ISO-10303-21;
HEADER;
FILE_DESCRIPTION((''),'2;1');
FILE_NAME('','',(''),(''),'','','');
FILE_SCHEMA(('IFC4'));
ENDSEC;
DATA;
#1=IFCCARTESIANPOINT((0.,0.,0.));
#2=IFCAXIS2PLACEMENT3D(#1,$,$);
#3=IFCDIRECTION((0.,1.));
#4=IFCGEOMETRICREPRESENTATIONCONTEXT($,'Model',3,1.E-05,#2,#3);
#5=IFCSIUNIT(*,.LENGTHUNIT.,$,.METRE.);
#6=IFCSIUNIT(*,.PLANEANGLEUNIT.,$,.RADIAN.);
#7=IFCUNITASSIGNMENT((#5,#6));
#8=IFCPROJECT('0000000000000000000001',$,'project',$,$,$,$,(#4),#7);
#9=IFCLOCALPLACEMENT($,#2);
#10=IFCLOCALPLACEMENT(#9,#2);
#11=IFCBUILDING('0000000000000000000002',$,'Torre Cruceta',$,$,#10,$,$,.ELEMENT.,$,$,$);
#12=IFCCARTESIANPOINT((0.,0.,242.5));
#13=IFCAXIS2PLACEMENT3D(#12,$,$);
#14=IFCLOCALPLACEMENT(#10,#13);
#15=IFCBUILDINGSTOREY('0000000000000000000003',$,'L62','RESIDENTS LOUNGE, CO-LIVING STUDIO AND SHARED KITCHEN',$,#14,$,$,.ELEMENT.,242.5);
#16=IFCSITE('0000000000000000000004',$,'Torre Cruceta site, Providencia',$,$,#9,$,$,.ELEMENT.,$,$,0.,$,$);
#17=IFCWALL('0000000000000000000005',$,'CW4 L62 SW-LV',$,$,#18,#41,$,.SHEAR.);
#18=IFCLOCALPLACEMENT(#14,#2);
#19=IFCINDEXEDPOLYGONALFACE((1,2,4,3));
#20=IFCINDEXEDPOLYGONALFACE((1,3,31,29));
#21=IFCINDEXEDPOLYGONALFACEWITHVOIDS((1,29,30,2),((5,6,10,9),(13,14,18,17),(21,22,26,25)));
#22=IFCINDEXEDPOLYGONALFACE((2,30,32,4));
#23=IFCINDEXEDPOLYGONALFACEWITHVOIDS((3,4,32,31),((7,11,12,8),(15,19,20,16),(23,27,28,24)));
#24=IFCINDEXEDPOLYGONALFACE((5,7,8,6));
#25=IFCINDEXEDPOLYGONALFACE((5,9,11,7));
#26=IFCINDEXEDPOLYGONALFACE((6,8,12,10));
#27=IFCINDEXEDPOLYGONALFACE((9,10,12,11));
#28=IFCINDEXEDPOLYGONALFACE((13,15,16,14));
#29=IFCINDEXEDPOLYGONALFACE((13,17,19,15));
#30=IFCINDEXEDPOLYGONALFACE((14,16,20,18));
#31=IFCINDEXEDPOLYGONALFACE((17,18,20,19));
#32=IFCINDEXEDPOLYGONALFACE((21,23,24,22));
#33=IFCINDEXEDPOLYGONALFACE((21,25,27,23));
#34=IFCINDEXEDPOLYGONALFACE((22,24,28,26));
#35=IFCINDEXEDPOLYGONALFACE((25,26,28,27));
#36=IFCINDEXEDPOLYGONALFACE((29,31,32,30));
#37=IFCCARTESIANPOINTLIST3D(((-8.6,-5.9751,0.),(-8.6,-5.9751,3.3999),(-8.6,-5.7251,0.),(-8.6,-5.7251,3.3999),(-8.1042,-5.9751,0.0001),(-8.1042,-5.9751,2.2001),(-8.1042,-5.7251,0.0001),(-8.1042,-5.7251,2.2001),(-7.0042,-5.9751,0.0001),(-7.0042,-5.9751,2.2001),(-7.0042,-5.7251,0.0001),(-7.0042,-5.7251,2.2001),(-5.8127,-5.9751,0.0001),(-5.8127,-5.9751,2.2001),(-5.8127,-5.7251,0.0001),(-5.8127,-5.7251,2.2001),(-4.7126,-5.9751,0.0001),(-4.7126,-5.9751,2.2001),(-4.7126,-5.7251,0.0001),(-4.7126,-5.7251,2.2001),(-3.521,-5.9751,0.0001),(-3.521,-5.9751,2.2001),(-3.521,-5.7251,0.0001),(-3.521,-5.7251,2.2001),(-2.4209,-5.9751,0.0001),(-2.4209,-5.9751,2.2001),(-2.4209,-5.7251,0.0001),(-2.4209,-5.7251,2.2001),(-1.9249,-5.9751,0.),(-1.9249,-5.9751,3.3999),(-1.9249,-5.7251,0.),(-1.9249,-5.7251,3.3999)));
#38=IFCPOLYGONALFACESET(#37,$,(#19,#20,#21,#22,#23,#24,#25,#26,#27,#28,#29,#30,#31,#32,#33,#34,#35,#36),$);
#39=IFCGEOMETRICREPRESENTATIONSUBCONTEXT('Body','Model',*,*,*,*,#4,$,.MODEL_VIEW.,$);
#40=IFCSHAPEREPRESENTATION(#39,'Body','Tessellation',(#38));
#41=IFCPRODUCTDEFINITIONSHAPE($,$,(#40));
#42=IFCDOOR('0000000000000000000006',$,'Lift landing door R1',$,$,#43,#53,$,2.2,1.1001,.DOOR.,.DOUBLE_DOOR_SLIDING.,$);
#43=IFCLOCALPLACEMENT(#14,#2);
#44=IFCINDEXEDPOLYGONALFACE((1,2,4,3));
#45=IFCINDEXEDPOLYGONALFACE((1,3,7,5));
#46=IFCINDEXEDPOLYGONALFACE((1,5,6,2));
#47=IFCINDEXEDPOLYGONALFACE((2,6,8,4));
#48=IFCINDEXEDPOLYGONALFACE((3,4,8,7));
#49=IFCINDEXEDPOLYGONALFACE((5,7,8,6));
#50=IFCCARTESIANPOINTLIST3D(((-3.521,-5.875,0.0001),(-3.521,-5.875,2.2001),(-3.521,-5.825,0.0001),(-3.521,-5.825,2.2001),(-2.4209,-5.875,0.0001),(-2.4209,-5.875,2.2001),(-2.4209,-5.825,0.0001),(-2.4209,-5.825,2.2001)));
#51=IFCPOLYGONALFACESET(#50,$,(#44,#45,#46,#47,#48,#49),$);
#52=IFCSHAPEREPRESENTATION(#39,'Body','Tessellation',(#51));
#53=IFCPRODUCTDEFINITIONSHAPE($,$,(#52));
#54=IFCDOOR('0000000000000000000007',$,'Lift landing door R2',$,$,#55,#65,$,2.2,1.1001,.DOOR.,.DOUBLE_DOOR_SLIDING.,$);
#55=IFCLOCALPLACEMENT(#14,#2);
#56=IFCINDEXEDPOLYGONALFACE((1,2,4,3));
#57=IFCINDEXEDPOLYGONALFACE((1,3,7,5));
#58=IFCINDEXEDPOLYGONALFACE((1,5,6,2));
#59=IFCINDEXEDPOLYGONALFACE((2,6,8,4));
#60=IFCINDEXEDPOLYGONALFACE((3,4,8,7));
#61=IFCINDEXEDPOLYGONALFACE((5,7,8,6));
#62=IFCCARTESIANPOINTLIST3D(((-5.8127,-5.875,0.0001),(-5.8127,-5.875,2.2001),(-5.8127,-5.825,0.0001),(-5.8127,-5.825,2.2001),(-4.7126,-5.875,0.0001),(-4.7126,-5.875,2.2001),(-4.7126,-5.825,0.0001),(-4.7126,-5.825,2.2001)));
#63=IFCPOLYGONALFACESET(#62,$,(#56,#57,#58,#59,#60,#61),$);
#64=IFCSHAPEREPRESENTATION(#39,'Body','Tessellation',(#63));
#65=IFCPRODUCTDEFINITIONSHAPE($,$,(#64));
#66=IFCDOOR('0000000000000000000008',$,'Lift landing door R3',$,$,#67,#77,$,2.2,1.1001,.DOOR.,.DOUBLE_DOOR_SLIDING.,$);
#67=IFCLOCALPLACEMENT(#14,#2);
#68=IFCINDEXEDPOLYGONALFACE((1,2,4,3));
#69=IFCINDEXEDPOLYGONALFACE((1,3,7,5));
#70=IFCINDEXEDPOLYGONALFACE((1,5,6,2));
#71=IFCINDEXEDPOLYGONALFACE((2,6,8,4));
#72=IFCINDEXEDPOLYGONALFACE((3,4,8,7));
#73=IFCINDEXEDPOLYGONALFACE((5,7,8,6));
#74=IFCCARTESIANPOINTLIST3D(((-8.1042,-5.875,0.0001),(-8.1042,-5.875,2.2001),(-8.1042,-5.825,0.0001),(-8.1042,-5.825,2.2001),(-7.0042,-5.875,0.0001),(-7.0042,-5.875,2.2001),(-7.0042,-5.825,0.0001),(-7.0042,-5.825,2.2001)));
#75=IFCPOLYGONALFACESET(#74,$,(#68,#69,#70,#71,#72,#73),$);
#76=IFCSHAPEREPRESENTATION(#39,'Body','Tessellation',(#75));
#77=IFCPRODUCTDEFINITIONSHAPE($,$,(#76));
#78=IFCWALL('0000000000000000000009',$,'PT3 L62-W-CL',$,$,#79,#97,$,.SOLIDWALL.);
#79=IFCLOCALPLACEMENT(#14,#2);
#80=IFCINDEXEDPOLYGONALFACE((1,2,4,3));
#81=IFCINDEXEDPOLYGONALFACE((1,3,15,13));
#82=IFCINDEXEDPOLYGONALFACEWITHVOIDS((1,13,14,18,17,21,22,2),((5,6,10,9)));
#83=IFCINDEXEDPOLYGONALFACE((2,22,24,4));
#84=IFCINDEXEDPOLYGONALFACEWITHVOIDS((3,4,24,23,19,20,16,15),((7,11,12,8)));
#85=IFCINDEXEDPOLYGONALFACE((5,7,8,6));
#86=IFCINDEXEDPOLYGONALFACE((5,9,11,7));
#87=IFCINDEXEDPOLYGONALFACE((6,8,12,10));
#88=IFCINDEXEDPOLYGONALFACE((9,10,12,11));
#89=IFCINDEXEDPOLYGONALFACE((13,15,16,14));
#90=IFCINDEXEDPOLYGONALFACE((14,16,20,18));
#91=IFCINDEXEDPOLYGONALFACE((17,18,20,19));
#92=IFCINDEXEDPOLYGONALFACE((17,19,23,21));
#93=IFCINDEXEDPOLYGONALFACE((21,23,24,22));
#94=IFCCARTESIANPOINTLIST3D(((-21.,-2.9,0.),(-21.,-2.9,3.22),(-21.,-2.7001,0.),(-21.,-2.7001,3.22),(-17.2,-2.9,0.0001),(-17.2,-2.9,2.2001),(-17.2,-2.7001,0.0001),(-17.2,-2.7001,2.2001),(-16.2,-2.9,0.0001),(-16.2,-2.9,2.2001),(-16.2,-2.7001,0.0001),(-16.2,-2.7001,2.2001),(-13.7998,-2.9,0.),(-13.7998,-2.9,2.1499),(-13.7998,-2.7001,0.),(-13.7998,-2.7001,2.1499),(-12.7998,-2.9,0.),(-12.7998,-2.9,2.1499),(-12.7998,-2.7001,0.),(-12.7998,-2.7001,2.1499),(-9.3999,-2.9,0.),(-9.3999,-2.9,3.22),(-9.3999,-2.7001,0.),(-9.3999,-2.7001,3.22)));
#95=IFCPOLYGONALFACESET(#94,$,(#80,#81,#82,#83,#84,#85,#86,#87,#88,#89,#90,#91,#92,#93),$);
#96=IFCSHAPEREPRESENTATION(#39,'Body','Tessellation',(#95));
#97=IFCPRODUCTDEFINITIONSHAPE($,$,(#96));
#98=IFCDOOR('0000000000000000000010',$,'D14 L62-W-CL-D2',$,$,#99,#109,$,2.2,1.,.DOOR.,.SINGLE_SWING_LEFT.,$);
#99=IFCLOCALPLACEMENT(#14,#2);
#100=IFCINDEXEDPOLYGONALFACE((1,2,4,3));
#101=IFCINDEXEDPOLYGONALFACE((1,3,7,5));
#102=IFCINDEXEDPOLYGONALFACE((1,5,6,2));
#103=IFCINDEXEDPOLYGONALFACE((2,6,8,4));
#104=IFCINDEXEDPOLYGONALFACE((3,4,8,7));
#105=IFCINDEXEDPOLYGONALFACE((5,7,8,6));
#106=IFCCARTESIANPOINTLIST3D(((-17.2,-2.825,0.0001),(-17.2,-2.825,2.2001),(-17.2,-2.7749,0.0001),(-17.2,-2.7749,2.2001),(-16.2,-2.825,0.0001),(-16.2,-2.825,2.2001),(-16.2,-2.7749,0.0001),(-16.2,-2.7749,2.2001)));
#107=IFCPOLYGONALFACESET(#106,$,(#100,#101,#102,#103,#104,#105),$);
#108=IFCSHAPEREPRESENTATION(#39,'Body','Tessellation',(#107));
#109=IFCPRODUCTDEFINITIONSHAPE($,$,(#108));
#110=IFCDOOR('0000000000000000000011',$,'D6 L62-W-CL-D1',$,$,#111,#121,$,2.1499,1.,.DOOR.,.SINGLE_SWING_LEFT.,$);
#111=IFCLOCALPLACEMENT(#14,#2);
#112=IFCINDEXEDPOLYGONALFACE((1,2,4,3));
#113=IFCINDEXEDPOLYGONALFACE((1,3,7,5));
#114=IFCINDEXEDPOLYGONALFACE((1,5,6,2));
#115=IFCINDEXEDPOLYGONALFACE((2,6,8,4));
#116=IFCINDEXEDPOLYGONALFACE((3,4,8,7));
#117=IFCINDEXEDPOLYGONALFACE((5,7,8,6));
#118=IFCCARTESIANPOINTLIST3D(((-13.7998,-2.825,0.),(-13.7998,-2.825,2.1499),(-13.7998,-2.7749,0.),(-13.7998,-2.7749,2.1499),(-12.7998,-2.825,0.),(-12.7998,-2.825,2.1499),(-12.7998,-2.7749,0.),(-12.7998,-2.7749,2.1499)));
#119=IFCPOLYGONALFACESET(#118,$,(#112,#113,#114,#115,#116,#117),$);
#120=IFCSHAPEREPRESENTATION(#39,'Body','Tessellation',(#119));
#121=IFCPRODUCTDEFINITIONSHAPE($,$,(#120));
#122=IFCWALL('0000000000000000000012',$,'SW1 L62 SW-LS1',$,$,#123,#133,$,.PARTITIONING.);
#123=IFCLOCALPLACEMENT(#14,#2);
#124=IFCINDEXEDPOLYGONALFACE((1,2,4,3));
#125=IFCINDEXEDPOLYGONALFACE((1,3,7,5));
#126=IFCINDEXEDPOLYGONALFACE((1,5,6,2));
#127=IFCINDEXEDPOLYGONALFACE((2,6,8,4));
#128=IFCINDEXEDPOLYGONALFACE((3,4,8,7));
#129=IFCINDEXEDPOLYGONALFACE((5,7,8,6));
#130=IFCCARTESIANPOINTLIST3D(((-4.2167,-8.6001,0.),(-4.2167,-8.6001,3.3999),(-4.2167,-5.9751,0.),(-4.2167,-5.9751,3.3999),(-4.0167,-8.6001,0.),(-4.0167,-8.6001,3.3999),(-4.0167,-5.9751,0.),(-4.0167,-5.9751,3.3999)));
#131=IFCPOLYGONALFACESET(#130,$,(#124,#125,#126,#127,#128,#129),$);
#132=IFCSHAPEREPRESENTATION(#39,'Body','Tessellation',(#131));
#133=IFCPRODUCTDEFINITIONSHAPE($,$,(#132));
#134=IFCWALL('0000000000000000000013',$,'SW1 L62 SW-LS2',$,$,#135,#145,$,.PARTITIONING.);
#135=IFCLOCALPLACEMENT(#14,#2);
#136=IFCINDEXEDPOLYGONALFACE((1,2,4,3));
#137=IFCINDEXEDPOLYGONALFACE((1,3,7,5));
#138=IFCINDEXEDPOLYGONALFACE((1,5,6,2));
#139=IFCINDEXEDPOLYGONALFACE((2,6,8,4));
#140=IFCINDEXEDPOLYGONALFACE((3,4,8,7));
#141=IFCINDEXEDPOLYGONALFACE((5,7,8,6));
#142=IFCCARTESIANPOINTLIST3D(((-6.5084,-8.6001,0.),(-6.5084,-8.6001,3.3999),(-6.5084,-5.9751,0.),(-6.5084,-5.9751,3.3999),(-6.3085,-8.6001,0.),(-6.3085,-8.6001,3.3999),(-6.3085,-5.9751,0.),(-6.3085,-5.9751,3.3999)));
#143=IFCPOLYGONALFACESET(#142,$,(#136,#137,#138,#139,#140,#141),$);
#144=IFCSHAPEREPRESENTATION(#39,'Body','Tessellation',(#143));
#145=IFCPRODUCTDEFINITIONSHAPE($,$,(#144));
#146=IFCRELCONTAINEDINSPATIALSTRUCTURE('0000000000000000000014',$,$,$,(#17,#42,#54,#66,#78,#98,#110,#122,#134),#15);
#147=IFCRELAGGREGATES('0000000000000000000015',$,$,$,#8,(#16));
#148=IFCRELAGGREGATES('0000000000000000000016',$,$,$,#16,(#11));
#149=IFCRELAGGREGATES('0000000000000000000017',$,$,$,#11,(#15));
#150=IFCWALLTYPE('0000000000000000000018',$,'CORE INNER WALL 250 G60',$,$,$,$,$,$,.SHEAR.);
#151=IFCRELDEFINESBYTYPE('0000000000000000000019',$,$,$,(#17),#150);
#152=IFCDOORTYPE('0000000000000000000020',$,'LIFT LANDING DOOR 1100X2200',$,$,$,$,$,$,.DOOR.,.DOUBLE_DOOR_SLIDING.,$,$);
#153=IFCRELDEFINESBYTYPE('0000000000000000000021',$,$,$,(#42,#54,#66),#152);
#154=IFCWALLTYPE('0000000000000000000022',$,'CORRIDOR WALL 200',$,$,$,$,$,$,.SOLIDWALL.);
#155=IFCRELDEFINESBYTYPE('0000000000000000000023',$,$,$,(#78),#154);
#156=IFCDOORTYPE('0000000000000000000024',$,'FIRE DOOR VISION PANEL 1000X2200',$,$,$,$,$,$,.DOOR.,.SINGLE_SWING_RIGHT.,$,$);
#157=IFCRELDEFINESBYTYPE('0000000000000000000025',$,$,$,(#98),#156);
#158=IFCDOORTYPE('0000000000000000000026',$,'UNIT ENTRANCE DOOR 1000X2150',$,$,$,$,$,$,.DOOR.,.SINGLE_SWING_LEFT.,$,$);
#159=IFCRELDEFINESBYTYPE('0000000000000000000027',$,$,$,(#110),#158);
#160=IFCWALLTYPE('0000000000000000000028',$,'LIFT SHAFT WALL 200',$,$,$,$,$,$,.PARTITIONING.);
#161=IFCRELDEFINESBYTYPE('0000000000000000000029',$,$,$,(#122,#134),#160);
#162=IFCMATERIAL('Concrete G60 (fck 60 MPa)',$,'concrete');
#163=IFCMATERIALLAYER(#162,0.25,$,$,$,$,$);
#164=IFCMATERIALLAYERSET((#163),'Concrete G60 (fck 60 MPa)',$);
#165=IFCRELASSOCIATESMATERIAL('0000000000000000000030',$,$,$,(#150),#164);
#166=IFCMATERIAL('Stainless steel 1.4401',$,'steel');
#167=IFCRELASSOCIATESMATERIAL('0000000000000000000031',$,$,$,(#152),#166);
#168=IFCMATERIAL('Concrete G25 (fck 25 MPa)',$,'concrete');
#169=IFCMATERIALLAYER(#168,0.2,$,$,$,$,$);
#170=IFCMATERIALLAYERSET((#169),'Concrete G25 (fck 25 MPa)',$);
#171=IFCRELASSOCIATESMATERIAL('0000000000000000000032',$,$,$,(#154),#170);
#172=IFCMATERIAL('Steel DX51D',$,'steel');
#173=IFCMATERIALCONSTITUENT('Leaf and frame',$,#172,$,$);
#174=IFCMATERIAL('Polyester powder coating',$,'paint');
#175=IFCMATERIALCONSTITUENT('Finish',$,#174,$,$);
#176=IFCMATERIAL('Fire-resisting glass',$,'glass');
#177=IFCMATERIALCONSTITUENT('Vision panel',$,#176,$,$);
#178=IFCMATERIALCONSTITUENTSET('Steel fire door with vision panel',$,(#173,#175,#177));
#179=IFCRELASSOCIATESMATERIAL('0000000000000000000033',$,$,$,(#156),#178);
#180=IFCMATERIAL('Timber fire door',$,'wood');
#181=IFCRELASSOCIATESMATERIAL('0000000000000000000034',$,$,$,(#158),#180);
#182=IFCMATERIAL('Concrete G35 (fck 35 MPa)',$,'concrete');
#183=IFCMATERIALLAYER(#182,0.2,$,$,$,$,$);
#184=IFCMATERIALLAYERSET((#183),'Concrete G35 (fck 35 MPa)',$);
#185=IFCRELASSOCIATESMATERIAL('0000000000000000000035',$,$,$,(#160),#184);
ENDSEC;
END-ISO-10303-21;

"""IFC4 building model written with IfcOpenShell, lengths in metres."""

from ifc_helpers import new_model, si_unit, direction, frame, frame_2d, origin, place, context, subcontext, project, spatial, rectangle, extrude, material, layer, layer_set, constituent, constituent_set, type_object, element, fill, save


model = new_model("IFC4")

# Units and contexts
model_context = context("Model", 3, precision=1e-05, world=origin(), true_north=direction((0.0, 1.0)))
body_context = subcontext(model_context, "Body", "Model", "MODEL_VIEW")
ifc_project = project(units=[si_unit("LENGTHUNIT", "METRE"), si_unit("PLANEANGLEUNIT", "RADIAN")], contexts=[model_context])

# Site, building, storey
site_placement = place(None, origin())
site = spatial("IfcSite", under=ifc_project, at=site_placement, Name="Torre Cruceta site, Providencia", CompositionType="ELEMENT", RefElevation=0.0)
building_placement = place(site_placement, origin())
building = spatial("IfcBuilding", under=site, at=building_placement, Name="Torre Cruceta", CompositionType="ELEMENT")
storey_placement = place(building_placement, frame((0.0, 0.0, 242.5)))
storey = spatial("IfcBuildingStorey", under=building, at=storey_placement, Name="L62", Description="RESIDENTS LOUNGE, CO-LIVING STUDIO AND SHARED KITCHEN", CompositionType="ELEMENT", Elevation=242.5)

# Shared definitions
ifc_material_1 = material(Name="Concrete G60 (fck 60 MPa)", Category="concrete")
ifc_layer_1 = layer(ifc_material_1, 0.25)
ifc_layer_set_1 = layer_set([ifc_layer_1], Name="Concrete G60 (fck 60 MPa)")
wall_type_1 = type_object("IfcWallType", Name="CORE INNER WALL 250 G60", PredefinedType="SHEAR", material=ifc_layer_set_1)

# Wall, openings, doors
wall_1_placement = place(storey_placement, frame((-1.925, -5.8501, 0.0), z_axis=(0.0, 0.0, 1.0), x_axis=(-1.0, 0.0, 0.0)))
wall_1 = element("IfcWall", 1, at=wall_1_placement, inside=storey, type_object=wall_type_1, Name="CW4 L62 SW-LV", PredefinedType="SHEAR", context=body_context, shape_type="SweptSolid", body=[
    extrude(rectangle(XDim=6.675, YDim=0.25, at=frame_2d((3.3374, 0.0))), origin(), (0.0, 0.0, 1.0), 3.3999),
])
opening_1_placement = place(wall_1_placement, frame((0.4958, 0.0, 0.0)))
opening_1 = element("IfcOpeningElement", 2, at=opening_1_placement, cuts=wall_1, PredefinedType="OPENING", context=body_context, shape_type="SweptSolid", body=[
    extrude(rectangle(XDim=1.1001, YDim=2.2, at=frame_2d((0.55, 1.1001))), frame((0.0, 0.135, 0.0), z_axis=(0.0, -1.0, 0.0), x_axis=(1.0, 0.0, 0.0)), (0.0, 0.0, 1.0), 0.27),
])
opening_2_placement = place(wall_1_placement, frame((2.7876, 0.0, 0.0)))
opening_2 = element("IfcOpeningElement", 3, at=opening_2_placement, cuts=wall_1, PredefinedType="OPENING", context=body_context, shape_type="SweptSolid", body=[
    extrude(rectangle(XDim=1.1001, YDim=2.2, at=frame_2d((0.55, 1.1001))), frame((0.0, 0.135, 0.0), z_axis=(0.0, -1.0, 0.0), x_axis=(1.0, 0.0, 0.0)), (0.0, 0.0, 1.0), 0.27),
])
opening_3_placement = place(wall_1_placement, frame((5.0791, 0.0, 0.0)))
opening_3 = element("IfcOpeningElement", 4, at=opening_3_placement, cuts=wall_1, PredefinedType="OPENING", context=body_context, shape_type="SweptSolid", body=[
    extrude(rectangle(XDim=1.1001, YDim=2.2, at=frame_2d((0.55, 1.1001))), frame((0.0, 0.135, 0.0), z_axis=(0.0, -1.0, 0.0), x_axis=(1.0, 0.0, 0.0)), (0.0, 0.0, 1.0), 0.27),
])
ifc_material_2 = material(Name="Stainless steel 1.4401", Category="steel")
door_type_1 = type_object("IfcDoorType", Name="LIFT LANDING DOOR 1100X2200", OperationType="DOUBLE_DOOR_SLIDING", PredefinedType="DOOR", material=ifc_material_2)
door_1_placement = place(opening_1_placement, origin())
door_1 = element("IfcDoor", 5, at=door_1_placement, inside=storey, type_object=door_type_1, Name="Lift landing door R1", OperationType="DOUBLE_DOOR_SLIDING", OverallHeight=2.2, OverallWidth=1.1001, PredefinedType="DOOR", context=body_context, shape_type="SweptSolid", body=[
    extrude(rectangle(XDim=1.1001, YDim=2.2, at=frame_2d((0.55, 1.1001))), frame((0.0, 0.0249, 0.0), z_axis=(0.0, -1.0, 0.0), x_axis=(1.0, 0.0, 0.0)), (0.0, 0.0, 1.0), 0.05),
])
fill(opening_1, door_1)
door_2_placement = place(opening_2_placement, origin())
door_2 = element("IfcDoor", 6, at=door_2_placement, inside=storey, type_object=door_type_1, Name="Lift landing door R2", OperationType="DOUBLE_DOOR_SLIDING", OverallHeight=2.2, OverallWidth=1.1001, PredefinedType="DOOR", context=body_context, shape_type="SweptSolid", body=[
    extrude(rectangle(XDim=1.1001, YDim=2.2, at=frame_2d((0.55, 1.1001))), frame((0.0, 0.0249, 0.0), z_axis=(0.0, -1.0, 0.0), x_axis=(1.0, 0.0, 0.0)), (0.0, 0.0, 1.0), 0.05),
])
fill(opening_2, door_2)
door_3_placement = place(opening_3_placement, origin())
door_3 = element("IfcDoor", 7, at=door_3_placement, inside=storey, type_object=door_type_1, Name="Lift landing door R3", OperationType="DOUBLE_DOOR_SLIDING", OverallHeight=2.2, OverallWidth=1.1001, PredefinedType="DOOR", context=body_context, shape_type="SweptSolid", body=[
    extrude(rectangle(XDim=1.1001, YDim=2.2, at=frame_2d((0.55, 1.1001))), frame((0.0, 0.0249, 0.0), z_axis=(0.0, -1.0, 0.0), x_axis=(1.0, 0.0, 0.0)), (0.0, 0.0, 1.0), 0.05),
])
fill(opening_3, door_3)

# Wall, openings, doors
ifc_material_3 = material(Name="Concrete G25 (fck 25 MPa)", Category="concrete")
ifc_layer_2 = layer(ifc_material_3, 0.2)
ifc_layer_set_2 = layer_set([ifc_layer_2], Name="Concrete G25 (fck 25 MPa)")
wall_type_2 = type_object("IfcWallType", Name="CORRIDOR WALL 200", PredefinedType="SOLIDWALL", material=ifc_layer_set_2)
wall_2_placement = place(storey_placement, frame((-9.3999, -2.8, 0.0), z_axis=(0.0, 0.0, 1.0), x_axis=(-1.0, 0.0, 0.0)))
wall_2 = element("IfcWall", 8, at=wall_2_placement, inside=storey, type_object=wall_type_2, Name="PT3 L62-W-CL", PredefinedType="SOLIDWALL", context=body_context, shape_type="SweptSolid", body=[
    extrude(rectangle(XDim=11.6001, YDim=0.2, at=frame_2d((5.8, 0.0))), origin(), (0.0, 0.0, 1.0), 3.22),
])
opening_4_placement = place(wall_2_placement, frame((3.3999, 0.0, 0.0)))
opening_4 = element("IfcOpeningElement", 9, at=opening_4_placement, cuts=wall_2, PredefinedType="OPENING", context=body_context, shape_type="SweptSolid", body=[
    extrude(rectangle(XDim=1.0, YDim=2.1499, at=frame_2d((0.5, 1.075))), frame((0.0, 0.1099, 0.0), z_axis=(0.0, -1.0, 0.0), x_axis=(1.0, 0.0, 0.0)), (0.0, 0.0, 1.0), 0.22),
])
opening_5_placement = place(wall_2_placement, frame((6.8, 0.0, 0.0)))
opening_5 = element("IfcOpeningElement", 10, at=opening_5_placement, cuts=wall_2, PredefinedType="OPENING", context=body_context, shape_type="SweptSolid", body=[
    extrude(rectangle(XDim=1.0, YDim=2.2, at=frame_2d((0.5, 1.1001))), frame((0.0, 0.1099, 0.0), z_axis=(0.0, -1.0, 0.0), x_axis=(1.0, 0.0, 0.0)), (0.0, 0.0, 1.0), 0.22),
])
ifc_material_4 = material(Name="Steel DX51D", Category="steel")
ifc_constituent_1 = constituent(ifc_material_4, Name="Leaf and frame")
ifc_material_5 = material(Name="Polyester powder coating", Category="paint")
ifc_constituent_2 = constituent(ifc_material_5, Name="Finish")
ifc_material_6 = material(Name="Fire-resisting glass", Category="glass")
ifc_constituent_3 = constituent(ifc_material_6, Name="Vision panel")
ifc_constituent_set_1 = constituent_set(constituents=[ifc_constituent_1, ifc_constituent_2, ifc_constituent_3], Name="Steel fire door with vision panel")
door_type_2 = type_object("IfcDoorType", Name="FIRE DOOR VISION PANEL 1000X2200", OperationType="SINGLE_SWING_RIGHT", PredefinedType="DOOR", material=ifc_constituent_set_1)
door_4_placement = place(opening_5_placement, origin())
door_4 = element("IfcDoor", 11, at=door_4_placement, inside=storey, type_object=door_type_2, Name="D14 L62-W-CL-D2", OperationType="SINGLE_SWING_LEFT", OverallHeight=2.2, OverallWidth=1.0, PredefinedType="DOOR", context=body_context, shape_type="SweptSolid", body=[
    extrude(rectangle(XDim=1.0, YDim=2.2, at=frame_2d((0.5, 1.1001))), frame((0.0, 0.0249, 0.0), z_axis=(0.0, -1.0, 0.0), x_axis=(1.0, 0.0, 0.0)), (0.0, 0.0, 1.0), 0.05),
])
fill(opening_5, door_4)
ifc_material_7 = material(Name="Timber fire door", Category="wood")
door_type_3 = type_object("IfcDoorType", Name="UNIT ENTRANCE DOOR 1000X2150", OperationType="SINGLE_SWING_LEFT", PredefinedType="DOOR", material=ifc_material_7)
door_5_placement = place(opening_4_placement, origin())
door_5 = element("IfcDoor", 12, at=door_5_placement, inside=storey, type_object=door_type_3, Name="D6 L62-W-CL-D1", OperationType="SINGLE_SWING_LEFT", OverallHeight=2.1499, OverallWidth=1.0, PredefinedType="DOOR", context=body_context, shape_type="SweptSolid", body=[
    extrude(rectangle(XDim=1.0, YDim=2.1499, at=frame_2d((0.5, 1.075))), frame((0.0, 0.0249, 0.0), z_axis=(0.0, -1.0, 0.0), x_axis=(1.0, 0.0, 0.0)), (0.0, 0.0, 1.0), 0.05),
])
fill(opening_4, door_5)

# Walls
ifc_material_8 = material(Name="Concrete G35 (fck 35 MPa)", Category="concrete")
ifc_layer_3 = layer(ifc_material_8, 0.2)
ifc_layer_set_3 = layer_set([ifc_layer_3], Name="Concrete G35 (fck 35 MPa)")
wall_type_3 = type_object("IfcWallType", Name="LIFT SHAFT WALL 200", PredefinedType="PARTITIONING", material=ifc_layer_set_3)
for number, where, z_axis, x_axis, name in (
    (13, (-4.1167, -5.9751, 0.0), (0.0, 0.0, 1.0), (0.0, -1.0, 0.0), "SW1 L62 SW-LS1"),
    (14, (-6.4084, -5.9751, 0.0), (0.0, 0.0, 1.0), (0.0, -1.0, 0.0), "SW1 L62 SW-LS2"),
):
    element("IfcWall", number, at=place(storey_placement, frame(where, z_axis=z_axis, x_axis=x_axis)), inside=storey, type_object=wall_type_3, Name=name, PredefinedType="PARTITIONING", context=body_context, shape_type="SweptSolid", body=[
        extrude(rectangle(XDim=2.625, YDim=0.2, at=frame_2d((1.3125, 0.0))), origin(), (0.0, 0.0, 1.0), 3.3999),
    ])

save(model, "model.ifc")
